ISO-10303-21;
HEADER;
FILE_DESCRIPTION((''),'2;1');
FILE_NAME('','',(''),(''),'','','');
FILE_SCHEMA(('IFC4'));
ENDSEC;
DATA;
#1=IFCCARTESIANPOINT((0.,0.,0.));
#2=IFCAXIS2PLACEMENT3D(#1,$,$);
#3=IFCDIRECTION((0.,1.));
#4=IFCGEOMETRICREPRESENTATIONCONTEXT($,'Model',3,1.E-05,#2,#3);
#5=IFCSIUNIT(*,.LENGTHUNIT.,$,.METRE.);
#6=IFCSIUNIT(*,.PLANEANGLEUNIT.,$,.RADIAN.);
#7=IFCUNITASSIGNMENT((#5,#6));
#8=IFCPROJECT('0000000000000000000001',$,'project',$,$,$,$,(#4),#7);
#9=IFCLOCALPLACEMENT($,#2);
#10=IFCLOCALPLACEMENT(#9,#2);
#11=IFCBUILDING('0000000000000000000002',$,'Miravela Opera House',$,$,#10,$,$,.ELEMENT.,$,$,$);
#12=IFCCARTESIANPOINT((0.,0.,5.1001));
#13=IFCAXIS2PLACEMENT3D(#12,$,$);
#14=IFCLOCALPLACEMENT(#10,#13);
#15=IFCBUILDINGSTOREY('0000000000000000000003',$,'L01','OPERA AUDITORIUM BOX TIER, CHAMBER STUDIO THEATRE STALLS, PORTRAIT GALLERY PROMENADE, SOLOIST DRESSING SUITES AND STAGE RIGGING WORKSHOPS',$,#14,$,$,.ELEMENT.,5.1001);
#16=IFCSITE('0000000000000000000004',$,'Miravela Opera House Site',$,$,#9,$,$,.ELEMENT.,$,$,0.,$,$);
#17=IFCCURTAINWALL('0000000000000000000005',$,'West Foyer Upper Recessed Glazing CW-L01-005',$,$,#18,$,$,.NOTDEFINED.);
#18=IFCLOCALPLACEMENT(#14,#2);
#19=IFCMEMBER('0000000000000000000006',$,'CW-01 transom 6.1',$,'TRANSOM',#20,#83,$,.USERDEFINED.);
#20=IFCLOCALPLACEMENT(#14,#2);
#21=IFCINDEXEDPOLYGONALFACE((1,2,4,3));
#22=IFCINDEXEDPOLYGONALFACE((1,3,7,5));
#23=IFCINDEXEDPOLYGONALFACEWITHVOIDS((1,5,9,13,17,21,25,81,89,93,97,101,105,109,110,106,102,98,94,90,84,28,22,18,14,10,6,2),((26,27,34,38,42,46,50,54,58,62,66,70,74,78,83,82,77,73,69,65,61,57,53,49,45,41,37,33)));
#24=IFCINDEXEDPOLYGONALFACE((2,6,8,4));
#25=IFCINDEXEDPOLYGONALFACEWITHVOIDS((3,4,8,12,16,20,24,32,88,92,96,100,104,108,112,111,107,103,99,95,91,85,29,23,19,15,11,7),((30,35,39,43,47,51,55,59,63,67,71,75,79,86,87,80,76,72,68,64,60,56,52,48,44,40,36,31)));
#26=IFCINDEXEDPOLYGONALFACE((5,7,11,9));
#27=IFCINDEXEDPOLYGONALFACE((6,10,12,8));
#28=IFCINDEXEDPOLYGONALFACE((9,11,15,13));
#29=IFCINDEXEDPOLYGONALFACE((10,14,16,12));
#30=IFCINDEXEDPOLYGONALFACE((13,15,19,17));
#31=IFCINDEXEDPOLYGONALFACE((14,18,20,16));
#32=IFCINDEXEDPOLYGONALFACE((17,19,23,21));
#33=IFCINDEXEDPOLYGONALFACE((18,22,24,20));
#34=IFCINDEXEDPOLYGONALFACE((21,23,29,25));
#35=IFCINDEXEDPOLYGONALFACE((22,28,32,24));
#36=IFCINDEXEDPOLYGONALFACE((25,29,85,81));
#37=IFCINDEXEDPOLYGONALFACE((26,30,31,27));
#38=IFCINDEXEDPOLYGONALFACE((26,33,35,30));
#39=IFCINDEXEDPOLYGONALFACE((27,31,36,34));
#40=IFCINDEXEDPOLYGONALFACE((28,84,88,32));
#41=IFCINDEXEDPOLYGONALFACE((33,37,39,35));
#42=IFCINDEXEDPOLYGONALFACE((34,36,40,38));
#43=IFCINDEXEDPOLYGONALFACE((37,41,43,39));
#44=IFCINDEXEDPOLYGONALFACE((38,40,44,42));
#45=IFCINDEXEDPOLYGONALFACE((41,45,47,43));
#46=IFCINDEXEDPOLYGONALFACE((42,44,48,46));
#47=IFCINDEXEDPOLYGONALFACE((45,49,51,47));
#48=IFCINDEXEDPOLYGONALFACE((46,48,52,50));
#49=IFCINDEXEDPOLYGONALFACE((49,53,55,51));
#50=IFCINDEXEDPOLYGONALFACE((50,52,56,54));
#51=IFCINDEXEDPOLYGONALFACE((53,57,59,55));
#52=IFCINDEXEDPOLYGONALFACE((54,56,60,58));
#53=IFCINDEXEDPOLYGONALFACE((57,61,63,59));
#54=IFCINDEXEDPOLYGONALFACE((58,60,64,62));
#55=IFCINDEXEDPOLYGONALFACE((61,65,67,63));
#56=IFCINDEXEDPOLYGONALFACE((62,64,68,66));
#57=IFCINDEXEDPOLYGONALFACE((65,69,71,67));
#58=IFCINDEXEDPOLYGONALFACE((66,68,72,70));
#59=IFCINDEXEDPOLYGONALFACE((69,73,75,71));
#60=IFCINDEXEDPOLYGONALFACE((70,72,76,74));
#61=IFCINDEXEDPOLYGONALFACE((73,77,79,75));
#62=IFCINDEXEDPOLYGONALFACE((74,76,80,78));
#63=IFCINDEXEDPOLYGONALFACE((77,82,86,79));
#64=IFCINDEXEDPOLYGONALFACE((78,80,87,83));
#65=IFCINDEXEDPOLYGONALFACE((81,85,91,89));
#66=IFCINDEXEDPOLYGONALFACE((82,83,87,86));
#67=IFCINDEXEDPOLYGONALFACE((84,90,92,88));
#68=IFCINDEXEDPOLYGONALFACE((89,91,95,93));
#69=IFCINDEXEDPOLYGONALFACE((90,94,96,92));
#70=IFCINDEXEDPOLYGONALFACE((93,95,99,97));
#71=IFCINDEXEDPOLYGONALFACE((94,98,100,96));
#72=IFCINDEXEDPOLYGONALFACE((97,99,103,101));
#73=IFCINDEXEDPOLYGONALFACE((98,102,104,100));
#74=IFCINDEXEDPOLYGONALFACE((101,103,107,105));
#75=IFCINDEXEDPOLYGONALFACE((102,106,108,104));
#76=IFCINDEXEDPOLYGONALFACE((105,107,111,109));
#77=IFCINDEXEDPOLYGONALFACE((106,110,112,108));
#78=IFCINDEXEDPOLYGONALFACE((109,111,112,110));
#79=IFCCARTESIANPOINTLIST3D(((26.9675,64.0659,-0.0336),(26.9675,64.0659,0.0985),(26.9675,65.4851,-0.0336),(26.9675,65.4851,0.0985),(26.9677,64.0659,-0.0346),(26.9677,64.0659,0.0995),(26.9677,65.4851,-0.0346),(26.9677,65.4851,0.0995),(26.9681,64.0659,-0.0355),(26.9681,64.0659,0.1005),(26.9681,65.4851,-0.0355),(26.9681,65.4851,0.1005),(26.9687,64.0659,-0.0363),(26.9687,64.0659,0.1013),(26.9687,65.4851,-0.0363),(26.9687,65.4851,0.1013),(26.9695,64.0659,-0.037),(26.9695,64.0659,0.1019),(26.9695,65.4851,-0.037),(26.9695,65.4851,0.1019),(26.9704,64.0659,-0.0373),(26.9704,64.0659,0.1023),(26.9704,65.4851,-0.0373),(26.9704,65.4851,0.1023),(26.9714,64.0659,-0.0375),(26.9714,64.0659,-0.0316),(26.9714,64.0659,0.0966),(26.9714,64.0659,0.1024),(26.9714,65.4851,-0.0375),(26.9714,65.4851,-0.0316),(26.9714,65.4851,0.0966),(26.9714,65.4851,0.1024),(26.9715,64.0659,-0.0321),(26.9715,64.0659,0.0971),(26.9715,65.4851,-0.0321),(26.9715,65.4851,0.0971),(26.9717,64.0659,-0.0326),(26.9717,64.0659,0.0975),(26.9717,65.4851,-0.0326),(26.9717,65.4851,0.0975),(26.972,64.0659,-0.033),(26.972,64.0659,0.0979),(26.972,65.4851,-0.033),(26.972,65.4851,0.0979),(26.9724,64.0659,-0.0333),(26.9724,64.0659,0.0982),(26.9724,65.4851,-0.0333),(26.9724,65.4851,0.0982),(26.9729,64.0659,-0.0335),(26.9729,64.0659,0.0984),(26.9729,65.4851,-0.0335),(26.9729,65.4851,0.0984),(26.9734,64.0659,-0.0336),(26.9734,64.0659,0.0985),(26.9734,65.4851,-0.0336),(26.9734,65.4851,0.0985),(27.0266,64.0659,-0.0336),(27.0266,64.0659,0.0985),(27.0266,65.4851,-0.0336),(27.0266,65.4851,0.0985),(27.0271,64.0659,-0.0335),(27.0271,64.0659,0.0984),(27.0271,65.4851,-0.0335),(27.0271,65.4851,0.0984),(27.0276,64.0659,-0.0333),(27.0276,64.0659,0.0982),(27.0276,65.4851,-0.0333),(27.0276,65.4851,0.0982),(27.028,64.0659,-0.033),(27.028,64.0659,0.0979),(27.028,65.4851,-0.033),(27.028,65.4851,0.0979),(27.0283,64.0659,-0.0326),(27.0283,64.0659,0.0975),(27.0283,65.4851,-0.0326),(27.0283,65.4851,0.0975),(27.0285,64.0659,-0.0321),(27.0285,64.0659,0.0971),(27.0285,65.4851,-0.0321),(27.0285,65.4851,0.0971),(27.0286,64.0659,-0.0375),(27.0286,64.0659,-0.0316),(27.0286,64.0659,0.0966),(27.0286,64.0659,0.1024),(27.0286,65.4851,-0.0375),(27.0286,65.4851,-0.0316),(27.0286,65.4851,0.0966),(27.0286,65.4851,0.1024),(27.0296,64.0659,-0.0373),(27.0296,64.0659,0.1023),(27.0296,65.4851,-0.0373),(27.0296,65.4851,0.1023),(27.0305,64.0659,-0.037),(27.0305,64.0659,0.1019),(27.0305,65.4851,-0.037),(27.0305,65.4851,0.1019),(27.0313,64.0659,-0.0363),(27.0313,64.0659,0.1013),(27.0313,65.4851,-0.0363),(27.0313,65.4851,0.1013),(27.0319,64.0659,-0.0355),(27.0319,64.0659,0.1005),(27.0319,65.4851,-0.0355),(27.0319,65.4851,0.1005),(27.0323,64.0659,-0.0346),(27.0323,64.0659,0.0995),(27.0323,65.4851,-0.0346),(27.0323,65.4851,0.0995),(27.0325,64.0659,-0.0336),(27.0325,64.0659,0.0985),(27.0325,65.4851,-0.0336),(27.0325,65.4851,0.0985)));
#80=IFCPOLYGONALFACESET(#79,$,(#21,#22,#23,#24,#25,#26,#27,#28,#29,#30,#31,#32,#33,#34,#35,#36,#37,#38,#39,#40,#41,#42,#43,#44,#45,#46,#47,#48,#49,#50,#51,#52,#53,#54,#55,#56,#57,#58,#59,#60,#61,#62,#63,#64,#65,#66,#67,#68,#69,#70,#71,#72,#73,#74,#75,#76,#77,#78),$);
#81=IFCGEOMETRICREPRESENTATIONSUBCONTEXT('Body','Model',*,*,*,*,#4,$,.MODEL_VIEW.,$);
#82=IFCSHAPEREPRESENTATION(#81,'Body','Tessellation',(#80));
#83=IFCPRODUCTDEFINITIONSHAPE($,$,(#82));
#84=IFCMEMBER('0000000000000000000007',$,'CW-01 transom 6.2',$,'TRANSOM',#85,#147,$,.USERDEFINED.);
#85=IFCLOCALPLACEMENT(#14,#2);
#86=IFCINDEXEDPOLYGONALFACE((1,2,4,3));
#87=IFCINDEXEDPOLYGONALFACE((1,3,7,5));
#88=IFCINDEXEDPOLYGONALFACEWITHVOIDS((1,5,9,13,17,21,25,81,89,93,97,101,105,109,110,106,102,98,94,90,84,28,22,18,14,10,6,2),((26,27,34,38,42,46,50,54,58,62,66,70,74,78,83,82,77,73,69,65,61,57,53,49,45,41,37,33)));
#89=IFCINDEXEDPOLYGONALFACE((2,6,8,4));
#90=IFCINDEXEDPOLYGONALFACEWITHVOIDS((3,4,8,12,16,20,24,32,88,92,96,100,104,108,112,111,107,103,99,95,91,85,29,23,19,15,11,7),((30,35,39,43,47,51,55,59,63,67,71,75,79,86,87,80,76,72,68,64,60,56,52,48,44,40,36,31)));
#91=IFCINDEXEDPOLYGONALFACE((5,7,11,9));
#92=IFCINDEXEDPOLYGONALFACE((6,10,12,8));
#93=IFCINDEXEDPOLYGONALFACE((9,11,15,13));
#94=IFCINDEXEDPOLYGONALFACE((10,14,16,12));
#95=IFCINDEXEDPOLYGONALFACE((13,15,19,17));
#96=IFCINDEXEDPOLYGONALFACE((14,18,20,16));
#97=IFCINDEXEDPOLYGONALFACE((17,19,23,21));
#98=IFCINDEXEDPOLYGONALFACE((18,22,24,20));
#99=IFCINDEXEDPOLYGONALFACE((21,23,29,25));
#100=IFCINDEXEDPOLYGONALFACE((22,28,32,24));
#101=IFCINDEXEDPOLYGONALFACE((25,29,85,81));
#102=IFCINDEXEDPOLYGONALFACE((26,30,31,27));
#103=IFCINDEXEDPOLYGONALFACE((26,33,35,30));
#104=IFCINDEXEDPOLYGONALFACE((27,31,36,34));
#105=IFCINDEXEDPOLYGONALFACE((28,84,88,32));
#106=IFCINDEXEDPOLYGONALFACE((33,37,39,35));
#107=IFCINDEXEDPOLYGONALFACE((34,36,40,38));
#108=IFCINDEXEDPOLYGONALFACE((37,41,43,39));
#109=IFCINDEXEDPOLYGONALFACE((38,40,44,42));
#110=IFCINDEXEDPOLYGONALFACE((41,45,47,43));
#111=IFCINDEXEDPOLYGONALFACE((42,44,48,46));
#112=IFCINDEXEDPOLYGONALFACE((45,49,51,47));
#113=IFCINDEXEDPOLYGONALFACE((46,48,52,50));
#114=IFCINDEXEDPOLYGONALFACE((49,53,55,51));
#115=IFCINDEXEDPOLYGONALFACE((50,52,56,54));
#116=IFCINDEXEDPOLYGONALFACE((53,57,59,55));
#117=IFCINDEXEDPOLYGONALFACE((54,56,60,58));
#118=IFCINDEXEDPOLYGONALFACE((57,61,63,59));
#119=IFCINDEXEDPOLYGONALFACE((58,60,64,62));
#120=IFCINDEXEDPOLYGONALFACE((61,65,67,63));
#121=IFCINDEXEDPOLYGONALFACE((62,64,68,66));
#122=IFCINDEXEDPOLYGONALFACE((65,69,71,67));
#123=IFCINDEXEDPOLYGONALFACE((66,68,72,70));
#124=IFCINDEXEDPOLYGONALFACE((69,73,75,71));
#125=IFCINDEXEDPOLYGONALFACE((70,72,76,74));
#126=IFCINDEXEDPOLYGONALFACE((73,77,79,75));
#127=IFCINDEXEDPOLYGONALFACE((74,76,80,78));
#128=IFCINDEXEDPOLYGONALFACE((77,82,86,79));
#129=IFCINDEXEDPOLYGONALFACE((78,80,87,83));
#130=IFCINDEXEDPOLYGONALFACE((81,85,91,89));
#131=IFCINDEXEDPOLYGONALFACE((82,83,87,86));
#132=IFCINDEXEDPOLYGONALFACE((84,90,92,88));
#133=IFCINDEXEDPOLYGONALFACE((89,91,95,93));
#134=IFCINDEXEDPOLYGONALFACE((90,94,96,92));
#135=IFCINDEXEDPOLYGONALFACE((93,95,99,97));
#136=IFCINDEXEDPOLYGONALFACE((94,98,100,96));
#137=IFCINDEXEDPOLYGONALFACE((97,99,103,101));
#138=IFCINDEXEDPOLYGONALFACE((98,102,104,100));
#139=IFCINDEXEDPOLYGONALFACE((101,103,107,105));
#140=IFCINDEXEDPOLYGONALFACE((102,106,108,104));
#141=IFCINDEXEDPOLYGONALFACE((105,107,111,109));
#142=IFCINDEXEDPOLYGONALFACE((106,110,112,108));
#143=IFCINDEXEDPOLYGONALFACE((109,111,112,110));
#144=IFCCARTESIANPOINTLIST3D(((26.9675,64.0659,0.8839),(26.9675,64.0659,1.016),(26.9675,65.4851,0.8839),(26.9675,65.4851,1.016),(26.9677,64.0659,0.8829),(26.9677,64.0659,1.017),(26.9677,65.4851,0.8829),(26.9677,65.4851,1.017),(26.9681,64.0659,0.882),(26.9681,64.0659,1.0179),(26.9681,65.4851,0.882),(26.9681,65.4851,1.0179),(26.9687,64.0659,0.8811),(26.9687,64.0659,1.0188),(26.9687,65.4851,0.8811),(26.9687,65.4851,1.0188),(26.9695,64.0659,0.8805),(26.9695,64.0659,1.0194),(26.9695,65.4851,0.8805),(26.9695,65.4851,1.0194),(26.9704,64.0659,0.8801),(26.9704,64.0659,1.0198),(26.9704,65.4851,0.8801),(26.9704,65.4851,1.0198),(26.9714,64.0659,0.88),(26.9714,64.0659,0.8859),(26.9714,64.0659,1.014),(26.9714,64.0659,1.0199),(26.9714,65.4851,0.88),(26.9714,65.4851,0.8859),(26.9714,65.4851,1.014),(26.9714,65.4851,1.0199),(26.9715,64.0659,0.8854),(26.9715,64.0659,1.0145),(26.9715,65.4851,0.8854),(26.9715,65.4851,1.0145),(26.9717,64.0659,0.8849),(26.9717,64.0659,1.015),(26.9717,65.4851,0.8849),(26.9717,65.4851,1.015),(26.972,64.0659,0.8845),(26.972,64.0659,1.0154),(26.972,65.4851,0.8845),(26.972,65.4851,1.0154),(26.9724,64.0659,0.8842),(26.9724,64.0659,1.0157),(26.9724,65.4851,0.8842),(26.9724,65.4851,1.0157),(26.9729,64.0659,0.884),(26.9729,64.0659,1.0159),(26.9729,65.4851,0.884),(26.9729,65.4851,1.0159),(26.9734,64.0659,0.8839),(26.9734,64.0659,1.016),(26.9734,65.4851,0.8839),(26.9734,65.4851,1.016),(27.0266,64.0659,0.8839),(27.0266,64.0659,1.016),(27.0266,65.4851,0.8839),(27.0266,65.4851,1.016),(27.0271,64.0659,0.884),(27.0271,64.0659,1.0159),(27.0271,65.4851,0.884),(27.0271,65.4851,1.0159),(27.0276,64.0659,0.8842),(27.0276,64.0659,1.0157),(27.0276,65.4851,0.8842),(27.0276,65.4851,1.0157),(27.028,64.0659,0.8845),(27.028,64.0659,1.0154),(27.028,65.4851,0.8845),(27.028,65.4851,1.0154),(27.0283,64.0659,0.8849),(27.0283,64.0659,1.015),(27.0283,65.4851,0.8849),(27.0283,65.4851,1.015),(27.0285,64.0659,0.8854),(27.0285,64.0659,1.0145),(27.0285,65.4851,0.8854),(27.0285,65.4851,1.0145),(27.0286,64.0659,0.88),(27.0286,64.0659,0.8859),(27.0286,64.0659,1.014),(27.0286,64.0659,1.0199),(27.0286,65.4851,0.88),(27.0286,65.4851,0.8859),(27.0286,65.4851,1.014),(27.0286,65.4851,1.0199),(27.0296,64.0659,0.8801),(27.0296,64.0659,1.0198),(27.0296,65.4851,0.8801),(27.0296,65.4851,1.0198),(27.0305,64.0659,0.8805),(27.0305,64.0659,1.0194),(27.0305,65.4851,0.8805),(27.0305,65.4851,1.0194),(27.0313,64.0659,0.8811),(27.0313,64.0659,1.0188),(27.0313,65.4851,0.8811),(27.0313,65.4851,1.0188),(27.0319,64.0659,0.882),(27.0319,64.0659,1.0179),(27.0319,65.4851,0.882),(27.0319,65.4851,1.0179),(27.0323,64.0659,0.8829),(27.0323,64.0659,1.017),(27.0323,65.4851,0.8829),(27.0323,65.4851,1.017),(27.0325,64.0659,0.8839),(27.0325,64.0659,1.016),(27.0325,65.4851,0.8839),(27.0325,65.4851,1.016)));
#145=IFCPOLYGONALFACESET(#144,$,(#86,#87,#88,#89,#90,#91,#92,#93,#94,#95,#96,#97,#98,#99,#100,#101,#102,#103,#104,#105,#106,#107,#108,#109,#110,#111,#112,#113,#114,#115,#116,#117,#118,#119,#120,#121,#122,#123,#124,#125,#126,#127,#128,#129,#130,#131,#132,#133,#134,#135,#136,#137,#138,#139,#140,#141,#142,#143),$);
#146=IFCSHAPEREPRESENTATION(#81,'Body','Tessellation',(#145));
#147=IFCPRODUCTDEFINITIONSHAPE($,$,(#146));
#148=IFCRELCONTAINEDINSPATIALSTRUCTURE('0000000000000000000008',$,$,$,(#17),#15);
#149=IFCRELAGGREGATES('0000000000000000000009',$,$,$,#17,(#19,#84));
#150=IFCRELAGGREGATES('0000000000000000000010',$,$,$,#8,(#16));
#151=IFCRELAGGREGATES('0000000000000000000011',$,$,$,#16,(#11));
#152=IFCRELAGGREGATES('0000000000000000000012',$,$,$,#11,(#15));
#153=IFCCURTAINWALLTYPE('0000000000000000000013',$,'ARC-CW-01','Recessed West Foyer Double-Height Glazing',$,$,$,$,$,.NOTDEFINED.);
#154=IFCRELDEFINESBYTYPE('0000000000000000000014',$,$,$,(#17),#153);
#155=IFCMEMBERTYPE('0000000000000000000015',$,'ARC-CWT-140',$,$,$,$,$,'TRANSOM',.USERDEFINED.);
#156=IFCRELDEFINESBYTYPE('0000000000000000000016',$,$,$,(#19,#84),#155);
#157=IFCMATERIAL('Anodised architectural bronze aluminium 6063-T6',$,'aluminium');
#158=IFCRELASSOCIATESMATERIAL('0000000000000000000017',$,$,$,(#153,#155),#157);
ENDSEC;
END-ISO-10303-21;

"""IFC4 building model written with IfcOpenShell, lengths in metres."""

from ifc_helpers import new_model, si_unit, direction, frame, origin, origin_2d, place, context, subcontext, project, spatial, hollow_rectangle, extrude, material, material_profile, profile_set, type_object, element, aggregate, save


model = new_model("IFC4")

# Units and contexts
model_context = context("Model", 3, precision=1e-05, world=origin(), true_north=direction((0.0, 1.0)))
body_context = subcontext(model_context, "Body", "Model", "MODEL_VIEW")
ifc_project = project(units=[si_unit("LENGTHUNIT", "METRE"), si_unit("PLANEANGLEUNIT", "RADIAN")], contexts=[model_context])

# Site, building, storey
site_placement = place(None, origin())
site = spatial("IfcSite", under=ifc_project, at=site_placement, Name="Miravela Opera House Site", CompositionType="ELEMENT", RefElevation=0.0)
building_placement = place(site_placement, origin())
building = spatial("IfcBuilding", under=site, at=building_placement, Name="Miravela Opera House", CompositionType="ELEMENT")
storey_placement = place(building_placement, frame((0.0, 0.0, 5.1001)))
storey = spatial("IfcBuildingStorey", under=building, at=storey_placement, Name="L01", Description="OPERA AUDITORIUM BOX TIER, CHAMBER STUDIO THEATRE STALLS, PORTRAIT GALLERY PROMENADE, SOLOIST DRESSING SUITES AND STAGE RIGGING WORKSHOPS", CompositionType="ELEMENT", Elevation=5.1001)

# Curtain wall
ifc_material_1 = material(Name="Anodised architectural bronze aluminium 6063-T6", Category="aluminium")
curtain_wall_type = type_object("IfcCurtainWallType", Name="ARC-CW-01", Description="Recessed West Foyer Double-Height Glazing", PredefinedType="NOTDEFINED", material=ifc_material_1)
curtain_wall_1_placement = place(storey_placement, origin())
curtain_wall_1 = element("IfcCurtainWall", 1, at=curtain_wall_1_placement, inside=storey, type_object=curtain_wall_type, Name="West Foyer Upper Recessed Glazing CW-L01-005", PredefinedType="NOTDEFINED")

# Members
ifc_material_profile_1 = material_profile(ifc_material_1, hollow_rectangle(XDim=0.0649, YDim=0.1399, WallThickness=0.0039, InnerFilletRadius=0.002, OuterFilletRadius=0.0039, at=origin_2d()), Name="CWT-65X140")
ifc_profile_set_1 = profile_set([ifc_material_profile_1])
member_type_1 = type_object("IfcMemberType", Name="ARC-CWT-140", ElementType="TRANSOM", PredefinedType="USERDEFINED", material=ifc_profile_set_1)
member_1_placement = place(storey_placement, frame((27.0, 64.0659, 0.0325), z_axis=(0.0, 1.0, 0.0), x_axis=(-1.0, 0.0, 0.0)))
member_1 = element("IfcMember", 2, at=member_1_placement, type_object=member_type_1, Name="CW-01 transom 6.1", ObjectType="TRANSOM", PredefinedType="USERDEFINED", context=body_context, shape_type="SweptSolid", body=[
    extrude(hollow_rectangle(XDim=0.0649, YDim=0.1399, WallThickness=0.0039, InnerFilletRadius=0.002, OuterFilletRadius=0.0039, at=origin_2d()), origin(), (0.0, 0.0, 1.0), 1.4192),
])
member_2_placement = place(storey_placement, frame((27.0, 64.0659, 0.95), z_axis=(0.0, 1.0, 0.0), x_axis=(-1.0, 0.0, 0.0)))
member_2 = element("IfcMember", 3, at=member_2_placement, type_object=member_type_1, Name="CW-01 transom 6.2", ObjectType="TRANSOM", PredefinedType="USERDEFINED", context=body_context, shape_type="SweptSolid", body=[
    extrude(hollow_rectangle(XDim=0.0649, YDim=0.1399, WallThickness=0.0039, InnerFilletRadius=0.002, OuterFilletRadius=0.0039, at=origin_2d()), origin(), (0.0, 0.0, 1.0), 1.4192),
])

aggregate(curtain_wall_1, [member_1, member_2])

save(model, "model.ifc")
